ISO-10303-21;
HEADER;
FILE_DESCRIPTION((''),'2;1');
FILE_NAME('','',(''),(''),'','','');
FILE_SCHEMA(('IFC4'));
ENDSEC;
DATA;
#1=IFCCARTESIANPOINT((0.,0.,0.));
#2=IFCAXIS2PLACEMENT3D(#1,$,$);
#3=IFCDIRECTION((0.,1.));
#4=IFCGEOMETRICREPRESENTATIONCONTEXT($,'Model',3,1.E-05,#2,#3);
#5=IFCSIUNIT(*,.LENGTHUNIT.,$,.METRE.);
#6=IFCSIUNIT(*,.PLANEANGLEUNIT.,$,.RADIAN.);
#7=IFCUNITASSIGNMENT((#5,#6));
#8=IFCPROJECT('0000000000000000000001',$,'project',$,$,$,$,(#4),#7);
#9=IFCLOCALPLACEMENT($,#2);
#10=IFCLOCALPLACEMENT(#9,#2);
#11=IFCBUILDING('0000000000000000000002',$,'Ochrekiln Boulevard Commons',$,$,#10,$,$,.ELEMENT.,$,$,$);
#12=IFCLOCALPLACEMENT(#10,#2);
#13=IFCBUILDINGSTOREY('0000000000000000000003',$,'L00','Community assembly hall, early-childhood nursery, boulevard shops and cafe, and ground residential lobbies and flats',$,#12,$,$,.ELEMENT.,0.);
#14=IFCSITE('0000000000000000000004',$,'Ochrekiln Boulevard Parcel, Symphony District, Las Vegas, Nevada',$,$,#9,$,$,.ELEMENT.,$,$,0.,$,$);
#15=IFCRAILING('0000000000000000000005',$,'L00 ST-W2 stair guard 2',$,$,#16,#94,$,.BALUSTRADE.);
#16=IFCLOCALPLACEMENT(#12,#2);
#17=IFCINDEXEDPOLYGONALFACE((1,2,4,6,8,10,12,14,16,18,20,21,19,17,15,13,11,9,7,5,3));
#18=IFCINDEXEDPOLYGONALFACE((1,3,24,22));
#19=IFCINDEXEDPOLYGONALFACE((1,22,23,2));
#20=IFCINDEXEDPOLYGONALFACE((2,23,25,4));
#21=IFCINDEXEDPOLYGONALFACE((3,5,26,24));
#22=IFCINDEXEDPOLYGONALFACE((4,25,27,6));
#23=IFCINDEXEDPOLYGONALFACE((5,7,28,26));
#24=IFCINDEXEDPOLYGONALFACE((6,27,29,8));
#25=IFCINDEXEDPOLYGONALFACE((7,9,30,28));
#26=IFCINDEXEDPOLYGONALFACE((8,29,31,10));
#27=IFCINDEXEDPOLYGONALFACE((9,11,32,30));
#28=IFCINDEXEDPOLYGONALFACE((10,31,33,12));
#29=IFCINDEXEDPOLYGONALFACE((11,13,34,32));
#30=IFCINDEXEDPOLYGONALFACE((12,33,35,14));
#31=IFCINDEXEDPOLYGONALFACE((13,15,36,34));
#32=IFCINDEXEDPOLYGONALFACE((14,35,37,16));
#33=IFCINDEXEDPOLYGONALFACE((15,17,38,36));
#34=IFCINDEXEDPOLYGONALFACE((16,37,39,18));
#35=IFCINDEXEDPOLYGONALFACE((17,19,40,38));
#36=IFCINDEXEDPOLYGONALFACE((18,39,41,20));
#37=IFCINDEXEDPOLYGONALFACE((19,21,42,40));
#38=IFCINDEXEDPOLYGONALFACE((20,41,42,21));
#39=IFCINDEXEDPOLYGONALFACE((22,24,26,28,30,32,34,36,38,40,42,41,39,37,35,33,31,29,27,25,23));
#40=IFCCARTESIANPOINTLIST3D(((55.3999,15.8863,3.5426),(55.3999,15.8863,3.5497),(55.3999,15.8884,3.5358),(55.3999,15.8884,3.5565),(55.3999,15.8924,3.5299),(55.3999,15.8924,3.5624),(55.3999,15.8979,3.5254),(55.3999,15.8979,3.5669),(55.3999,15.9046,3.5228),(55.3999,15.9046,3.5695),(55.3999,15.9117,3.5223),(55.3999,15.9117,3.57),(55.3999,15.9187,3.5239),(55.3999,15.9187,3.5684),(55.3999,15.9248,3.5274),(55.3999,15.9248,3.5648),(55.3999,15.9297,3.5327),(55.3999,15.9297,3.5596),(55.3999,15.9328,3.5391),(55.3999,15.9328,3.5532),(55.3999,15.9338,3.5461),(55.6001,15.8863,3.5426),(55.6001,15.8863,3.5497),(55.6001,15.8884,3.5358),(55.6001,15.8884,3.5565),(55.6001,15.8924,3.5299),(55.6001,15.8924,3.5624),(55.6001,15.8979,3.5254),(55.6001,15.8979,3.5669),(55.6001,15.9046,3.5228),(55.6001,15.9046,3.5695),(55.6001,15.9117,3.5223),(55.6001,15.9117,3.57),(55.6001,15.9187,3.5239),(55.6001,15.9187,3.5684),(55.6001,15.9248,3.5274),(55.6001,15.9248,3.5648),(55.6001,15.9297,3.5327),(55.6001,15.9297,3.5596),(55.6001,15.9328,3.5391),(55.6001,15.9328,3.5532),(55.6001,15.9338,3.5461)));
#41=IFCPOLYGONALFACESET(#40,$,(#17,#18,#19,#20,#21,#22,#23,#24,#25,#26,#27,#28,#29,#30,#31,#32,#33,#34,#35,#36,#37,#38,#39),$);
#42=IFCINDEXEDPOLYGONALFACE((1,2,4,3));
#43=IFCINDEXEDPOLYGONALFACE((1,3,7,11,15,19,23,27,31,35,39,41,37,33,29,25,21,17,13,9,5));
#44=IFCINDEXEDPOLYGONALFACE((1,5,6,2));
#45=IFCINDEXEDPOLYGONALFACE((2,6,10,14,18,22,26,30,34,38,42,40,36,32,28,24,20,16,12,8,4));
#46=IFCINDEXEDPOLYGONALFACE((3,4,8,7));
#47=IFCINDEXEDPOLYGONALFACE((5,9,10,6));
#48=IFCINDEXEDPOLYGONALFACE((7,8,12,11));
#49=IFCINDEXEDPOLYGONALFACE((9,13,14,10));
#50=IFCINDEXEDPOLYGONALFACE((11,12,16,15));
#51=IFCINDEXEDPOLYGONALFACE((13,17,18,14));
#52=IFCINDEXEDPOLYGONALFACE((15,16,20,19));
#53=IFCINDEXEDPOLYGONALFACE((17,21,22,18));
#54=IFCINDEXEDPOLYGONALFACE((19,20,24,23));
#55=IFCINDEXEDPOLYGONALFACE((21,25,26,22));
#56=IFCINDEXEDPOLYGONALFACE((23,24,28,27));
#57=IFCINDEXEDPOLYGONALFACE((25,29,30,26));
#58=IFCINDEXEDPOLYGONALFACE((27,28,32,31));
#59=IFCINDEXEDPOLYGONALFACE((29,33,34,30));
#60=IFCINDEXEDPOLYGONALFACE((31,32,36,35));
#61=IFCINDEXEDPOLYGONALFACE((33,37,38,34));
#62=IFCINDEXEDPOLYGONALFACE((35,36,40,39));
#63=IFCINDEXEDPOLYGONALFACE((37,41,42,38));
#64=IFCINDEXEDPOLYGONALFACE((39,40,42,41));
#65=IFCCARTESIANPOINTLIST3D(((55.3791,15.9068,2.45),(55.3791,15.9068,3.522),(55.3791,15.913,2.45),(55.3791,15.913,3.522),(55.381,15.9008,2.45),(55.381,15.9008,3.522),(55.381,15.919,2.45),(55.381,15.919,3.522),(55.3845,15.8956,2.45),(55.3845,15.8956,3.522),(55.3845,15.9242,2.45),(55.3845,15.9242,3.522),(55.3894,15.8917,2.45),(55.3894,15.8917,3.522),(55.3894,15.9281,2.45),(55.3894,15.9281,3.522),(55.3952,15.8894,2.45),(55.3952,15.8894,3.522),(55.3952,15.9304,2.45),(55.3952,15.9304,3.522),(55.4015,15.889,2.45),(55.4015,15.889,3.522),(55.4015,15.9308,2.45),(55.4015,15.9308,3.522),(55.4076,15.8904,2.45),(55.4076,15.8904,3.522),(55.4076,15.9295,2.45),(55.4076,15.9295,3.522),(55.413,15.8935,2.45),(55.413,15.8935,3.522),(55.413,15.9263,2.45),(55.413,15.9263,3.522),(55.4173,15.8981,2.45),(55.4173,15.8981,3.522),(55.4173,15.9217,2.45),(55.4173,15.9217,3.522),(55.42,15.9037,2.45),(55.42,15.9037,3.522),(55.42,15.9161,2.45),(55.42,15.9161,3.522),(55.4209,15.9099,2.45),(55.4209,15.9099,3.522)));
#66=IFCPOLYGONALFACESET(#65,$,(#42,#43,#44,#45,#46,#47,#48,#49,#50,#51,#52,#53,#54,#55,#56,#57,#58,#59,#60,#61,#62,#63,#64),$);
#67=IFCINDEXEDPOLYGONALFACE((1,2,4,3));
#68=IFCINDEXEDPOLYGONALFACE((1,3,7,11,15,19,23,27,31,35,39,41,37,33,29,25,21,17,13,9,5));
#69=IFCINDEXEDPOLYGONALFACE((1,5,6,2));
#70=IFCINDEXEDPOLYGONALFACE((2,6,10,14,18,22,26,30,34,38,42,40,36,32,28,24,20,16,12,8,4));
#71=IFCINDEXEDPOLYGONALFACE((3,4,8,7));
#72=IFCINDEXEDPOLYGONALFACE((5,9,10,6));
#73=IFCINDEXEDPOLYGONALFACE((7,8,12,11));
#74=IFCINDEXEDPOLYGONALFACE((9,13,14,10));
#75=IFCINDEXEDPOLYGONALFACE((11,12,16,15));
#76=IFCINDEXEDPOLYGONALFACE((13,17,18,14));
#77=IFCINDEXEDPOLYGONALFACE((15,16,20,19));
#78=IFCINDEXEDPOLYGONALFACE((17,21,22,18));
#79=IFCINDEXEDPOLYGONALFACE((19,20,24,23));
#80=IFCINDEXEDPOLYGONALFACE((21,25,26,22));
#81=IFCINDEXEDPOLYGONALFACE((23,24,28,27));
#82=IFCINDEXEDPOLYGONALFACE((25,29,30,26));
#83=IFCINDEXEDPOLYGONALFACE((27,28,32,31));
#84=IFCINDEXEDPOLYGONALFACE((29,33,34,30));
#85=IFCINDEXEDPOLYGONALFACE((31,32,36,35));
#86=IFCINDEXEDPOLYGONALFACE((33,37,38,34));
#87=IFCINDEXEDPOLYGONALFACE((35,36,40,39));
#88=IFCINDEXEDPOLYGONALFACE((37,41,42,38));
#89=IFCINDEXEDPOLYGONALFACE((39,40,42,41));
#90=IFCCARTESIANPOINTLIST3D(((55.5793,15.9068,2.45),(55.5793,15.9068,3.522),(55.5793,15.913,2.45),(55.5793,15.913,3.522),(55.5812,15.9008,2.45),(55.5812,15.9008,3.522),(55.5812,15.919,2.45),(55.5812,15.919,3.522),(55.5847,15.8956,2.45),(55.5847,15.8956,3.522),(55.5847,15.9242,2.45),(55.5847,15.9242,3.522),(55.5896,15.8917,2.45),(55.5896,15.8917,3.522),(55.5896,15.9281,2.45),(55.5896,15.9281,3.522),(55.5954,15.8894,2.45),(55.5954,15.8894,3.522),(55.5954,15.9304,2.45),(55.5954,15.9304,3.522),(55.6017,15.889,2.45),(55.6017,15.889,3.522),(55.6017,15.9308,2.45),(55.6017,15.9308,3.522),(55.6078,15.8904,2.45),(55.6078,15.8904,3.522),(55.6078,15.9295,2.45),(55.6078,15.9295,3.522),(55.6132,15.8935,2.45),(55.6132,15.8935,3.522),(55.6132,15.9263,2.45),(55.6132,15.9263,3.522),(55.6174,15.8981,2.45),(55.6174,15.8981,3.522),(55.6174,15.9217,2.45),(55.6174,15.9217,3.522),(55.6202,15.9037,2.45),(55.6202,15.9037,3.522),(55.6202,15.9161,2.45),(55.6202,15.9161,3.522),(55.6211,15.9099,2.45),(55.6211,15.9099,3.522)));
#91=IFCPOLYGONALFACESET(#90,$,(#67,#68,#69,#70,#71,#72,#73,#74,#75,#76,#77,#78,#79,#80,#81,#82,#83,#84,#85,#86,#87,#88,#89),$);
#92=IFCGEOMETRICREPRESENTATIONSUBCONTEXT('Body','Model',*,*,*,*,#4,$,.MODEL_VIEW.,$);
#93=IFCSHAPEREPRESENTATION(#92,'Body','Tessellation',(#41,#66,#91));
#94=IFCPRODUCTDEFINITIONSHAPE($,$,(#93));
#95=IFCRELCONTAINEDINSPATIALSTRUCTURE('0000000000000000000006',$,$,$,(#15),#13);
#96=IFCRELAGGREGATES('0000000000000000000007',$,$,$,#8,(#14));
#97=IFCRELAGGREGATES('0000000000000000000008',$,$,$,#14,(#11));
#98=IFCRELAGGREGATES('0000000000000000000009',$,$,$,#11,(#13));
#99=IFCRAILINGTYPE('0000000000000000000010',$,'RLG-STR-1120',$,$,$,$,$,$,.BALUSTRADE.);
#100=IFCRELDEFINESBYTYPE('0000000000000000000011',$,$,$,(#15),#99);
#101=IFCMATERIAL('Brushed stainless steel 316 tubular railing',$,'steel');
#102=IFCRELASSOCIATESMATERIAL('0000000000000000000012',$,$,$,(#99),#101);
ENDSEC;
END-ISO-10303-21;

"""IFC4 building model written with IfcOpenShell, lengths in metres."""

from ifc_helpers import new_model, si_unit, direction, frame, origin, origin_2d, place, context, subcontext, project, spatial, circle, extrude, material, type_object, element, save


model = new_model("IFC4")

# Units and contexts
model_context = context("Model", 3, precision=1e-05, world=origin(), true_north=direction((0.0, 1.0)))
body_context = subcontext(model_context, "Body", "Model", "MODEL_VIEW")
ifc_project = project(units=[si_unit("LENGTHUNIT", "METRE"), si_unit("PLANEANGLEUNIT", "RADIAN")], contexts=[model_context])

# Site, building, storey
site_placement = place(None, origin())
site = spatial("IfcSite", under=ifc_project, at=site_placement, Name="Ochrekiln Boulevard Parcel, Symphony District, Las Vegas, Nevada", CompositionType="ELEMENT", RefElevation=0.0)
building_placement = place(site_placement, origin())
building = spatial("IfcBuilding", under=site, at=building_placement, Name="Ochrekiln Boulevard Commons", CompositionType="ELEMENT")
storey_placement = place(building_placement, origin())
storey = spatial("IfcBuildingStorey", under=building, at=storey_placement, Name="L00", Description="Community assembly hall, early-childhood nursery, boulevard shops and cafe, and ground residential lobbies and flats", CompositionType="ELEMENT", Elevation=0.0)

# Railing
ifc_material_1 = material(Name="Brushed stainless steel 316 tubular railing", Category="steel")
railing_type_1 = type_object("IfcRailingType", Name="RLG-STR-1120", PredefinedType="BALUSTRADE", material=ifc_material_1)
railing_1_placement = place(storey_placement, frame((55.3999, 15.9099, 2.45)))
element("IfcRailing", 1, at=railing_1_placement, inside=storey, type_object=railing_type_1, Name="L00 ST-W2 stair guard 2", PredefinedType="BALUSTRADE", context=body_context, shape_type="SweptSolid", body=[
    extrude(circle(Radius=0.0239, at=origin_2d()), frame((0.0, 0.0, 1.0962), z_axis=(1.0, 0.0, 0.0), x_axis=(0.0, 1.0, 0.0)), (0.0, 0.0, 1.0), 0.2002),
    extrude(circle(Radius=0.021, at=origin_2d()), origin(), (0.0, 0.0, 1.0), 1.072),
    extrude(circle(Radius=0.021, at=origin_2d()), frame((0.2002, 0.0, 0.0)), (0.0, 0.0, 1.0), 1.072),
])

save(model, "model.ifc")
